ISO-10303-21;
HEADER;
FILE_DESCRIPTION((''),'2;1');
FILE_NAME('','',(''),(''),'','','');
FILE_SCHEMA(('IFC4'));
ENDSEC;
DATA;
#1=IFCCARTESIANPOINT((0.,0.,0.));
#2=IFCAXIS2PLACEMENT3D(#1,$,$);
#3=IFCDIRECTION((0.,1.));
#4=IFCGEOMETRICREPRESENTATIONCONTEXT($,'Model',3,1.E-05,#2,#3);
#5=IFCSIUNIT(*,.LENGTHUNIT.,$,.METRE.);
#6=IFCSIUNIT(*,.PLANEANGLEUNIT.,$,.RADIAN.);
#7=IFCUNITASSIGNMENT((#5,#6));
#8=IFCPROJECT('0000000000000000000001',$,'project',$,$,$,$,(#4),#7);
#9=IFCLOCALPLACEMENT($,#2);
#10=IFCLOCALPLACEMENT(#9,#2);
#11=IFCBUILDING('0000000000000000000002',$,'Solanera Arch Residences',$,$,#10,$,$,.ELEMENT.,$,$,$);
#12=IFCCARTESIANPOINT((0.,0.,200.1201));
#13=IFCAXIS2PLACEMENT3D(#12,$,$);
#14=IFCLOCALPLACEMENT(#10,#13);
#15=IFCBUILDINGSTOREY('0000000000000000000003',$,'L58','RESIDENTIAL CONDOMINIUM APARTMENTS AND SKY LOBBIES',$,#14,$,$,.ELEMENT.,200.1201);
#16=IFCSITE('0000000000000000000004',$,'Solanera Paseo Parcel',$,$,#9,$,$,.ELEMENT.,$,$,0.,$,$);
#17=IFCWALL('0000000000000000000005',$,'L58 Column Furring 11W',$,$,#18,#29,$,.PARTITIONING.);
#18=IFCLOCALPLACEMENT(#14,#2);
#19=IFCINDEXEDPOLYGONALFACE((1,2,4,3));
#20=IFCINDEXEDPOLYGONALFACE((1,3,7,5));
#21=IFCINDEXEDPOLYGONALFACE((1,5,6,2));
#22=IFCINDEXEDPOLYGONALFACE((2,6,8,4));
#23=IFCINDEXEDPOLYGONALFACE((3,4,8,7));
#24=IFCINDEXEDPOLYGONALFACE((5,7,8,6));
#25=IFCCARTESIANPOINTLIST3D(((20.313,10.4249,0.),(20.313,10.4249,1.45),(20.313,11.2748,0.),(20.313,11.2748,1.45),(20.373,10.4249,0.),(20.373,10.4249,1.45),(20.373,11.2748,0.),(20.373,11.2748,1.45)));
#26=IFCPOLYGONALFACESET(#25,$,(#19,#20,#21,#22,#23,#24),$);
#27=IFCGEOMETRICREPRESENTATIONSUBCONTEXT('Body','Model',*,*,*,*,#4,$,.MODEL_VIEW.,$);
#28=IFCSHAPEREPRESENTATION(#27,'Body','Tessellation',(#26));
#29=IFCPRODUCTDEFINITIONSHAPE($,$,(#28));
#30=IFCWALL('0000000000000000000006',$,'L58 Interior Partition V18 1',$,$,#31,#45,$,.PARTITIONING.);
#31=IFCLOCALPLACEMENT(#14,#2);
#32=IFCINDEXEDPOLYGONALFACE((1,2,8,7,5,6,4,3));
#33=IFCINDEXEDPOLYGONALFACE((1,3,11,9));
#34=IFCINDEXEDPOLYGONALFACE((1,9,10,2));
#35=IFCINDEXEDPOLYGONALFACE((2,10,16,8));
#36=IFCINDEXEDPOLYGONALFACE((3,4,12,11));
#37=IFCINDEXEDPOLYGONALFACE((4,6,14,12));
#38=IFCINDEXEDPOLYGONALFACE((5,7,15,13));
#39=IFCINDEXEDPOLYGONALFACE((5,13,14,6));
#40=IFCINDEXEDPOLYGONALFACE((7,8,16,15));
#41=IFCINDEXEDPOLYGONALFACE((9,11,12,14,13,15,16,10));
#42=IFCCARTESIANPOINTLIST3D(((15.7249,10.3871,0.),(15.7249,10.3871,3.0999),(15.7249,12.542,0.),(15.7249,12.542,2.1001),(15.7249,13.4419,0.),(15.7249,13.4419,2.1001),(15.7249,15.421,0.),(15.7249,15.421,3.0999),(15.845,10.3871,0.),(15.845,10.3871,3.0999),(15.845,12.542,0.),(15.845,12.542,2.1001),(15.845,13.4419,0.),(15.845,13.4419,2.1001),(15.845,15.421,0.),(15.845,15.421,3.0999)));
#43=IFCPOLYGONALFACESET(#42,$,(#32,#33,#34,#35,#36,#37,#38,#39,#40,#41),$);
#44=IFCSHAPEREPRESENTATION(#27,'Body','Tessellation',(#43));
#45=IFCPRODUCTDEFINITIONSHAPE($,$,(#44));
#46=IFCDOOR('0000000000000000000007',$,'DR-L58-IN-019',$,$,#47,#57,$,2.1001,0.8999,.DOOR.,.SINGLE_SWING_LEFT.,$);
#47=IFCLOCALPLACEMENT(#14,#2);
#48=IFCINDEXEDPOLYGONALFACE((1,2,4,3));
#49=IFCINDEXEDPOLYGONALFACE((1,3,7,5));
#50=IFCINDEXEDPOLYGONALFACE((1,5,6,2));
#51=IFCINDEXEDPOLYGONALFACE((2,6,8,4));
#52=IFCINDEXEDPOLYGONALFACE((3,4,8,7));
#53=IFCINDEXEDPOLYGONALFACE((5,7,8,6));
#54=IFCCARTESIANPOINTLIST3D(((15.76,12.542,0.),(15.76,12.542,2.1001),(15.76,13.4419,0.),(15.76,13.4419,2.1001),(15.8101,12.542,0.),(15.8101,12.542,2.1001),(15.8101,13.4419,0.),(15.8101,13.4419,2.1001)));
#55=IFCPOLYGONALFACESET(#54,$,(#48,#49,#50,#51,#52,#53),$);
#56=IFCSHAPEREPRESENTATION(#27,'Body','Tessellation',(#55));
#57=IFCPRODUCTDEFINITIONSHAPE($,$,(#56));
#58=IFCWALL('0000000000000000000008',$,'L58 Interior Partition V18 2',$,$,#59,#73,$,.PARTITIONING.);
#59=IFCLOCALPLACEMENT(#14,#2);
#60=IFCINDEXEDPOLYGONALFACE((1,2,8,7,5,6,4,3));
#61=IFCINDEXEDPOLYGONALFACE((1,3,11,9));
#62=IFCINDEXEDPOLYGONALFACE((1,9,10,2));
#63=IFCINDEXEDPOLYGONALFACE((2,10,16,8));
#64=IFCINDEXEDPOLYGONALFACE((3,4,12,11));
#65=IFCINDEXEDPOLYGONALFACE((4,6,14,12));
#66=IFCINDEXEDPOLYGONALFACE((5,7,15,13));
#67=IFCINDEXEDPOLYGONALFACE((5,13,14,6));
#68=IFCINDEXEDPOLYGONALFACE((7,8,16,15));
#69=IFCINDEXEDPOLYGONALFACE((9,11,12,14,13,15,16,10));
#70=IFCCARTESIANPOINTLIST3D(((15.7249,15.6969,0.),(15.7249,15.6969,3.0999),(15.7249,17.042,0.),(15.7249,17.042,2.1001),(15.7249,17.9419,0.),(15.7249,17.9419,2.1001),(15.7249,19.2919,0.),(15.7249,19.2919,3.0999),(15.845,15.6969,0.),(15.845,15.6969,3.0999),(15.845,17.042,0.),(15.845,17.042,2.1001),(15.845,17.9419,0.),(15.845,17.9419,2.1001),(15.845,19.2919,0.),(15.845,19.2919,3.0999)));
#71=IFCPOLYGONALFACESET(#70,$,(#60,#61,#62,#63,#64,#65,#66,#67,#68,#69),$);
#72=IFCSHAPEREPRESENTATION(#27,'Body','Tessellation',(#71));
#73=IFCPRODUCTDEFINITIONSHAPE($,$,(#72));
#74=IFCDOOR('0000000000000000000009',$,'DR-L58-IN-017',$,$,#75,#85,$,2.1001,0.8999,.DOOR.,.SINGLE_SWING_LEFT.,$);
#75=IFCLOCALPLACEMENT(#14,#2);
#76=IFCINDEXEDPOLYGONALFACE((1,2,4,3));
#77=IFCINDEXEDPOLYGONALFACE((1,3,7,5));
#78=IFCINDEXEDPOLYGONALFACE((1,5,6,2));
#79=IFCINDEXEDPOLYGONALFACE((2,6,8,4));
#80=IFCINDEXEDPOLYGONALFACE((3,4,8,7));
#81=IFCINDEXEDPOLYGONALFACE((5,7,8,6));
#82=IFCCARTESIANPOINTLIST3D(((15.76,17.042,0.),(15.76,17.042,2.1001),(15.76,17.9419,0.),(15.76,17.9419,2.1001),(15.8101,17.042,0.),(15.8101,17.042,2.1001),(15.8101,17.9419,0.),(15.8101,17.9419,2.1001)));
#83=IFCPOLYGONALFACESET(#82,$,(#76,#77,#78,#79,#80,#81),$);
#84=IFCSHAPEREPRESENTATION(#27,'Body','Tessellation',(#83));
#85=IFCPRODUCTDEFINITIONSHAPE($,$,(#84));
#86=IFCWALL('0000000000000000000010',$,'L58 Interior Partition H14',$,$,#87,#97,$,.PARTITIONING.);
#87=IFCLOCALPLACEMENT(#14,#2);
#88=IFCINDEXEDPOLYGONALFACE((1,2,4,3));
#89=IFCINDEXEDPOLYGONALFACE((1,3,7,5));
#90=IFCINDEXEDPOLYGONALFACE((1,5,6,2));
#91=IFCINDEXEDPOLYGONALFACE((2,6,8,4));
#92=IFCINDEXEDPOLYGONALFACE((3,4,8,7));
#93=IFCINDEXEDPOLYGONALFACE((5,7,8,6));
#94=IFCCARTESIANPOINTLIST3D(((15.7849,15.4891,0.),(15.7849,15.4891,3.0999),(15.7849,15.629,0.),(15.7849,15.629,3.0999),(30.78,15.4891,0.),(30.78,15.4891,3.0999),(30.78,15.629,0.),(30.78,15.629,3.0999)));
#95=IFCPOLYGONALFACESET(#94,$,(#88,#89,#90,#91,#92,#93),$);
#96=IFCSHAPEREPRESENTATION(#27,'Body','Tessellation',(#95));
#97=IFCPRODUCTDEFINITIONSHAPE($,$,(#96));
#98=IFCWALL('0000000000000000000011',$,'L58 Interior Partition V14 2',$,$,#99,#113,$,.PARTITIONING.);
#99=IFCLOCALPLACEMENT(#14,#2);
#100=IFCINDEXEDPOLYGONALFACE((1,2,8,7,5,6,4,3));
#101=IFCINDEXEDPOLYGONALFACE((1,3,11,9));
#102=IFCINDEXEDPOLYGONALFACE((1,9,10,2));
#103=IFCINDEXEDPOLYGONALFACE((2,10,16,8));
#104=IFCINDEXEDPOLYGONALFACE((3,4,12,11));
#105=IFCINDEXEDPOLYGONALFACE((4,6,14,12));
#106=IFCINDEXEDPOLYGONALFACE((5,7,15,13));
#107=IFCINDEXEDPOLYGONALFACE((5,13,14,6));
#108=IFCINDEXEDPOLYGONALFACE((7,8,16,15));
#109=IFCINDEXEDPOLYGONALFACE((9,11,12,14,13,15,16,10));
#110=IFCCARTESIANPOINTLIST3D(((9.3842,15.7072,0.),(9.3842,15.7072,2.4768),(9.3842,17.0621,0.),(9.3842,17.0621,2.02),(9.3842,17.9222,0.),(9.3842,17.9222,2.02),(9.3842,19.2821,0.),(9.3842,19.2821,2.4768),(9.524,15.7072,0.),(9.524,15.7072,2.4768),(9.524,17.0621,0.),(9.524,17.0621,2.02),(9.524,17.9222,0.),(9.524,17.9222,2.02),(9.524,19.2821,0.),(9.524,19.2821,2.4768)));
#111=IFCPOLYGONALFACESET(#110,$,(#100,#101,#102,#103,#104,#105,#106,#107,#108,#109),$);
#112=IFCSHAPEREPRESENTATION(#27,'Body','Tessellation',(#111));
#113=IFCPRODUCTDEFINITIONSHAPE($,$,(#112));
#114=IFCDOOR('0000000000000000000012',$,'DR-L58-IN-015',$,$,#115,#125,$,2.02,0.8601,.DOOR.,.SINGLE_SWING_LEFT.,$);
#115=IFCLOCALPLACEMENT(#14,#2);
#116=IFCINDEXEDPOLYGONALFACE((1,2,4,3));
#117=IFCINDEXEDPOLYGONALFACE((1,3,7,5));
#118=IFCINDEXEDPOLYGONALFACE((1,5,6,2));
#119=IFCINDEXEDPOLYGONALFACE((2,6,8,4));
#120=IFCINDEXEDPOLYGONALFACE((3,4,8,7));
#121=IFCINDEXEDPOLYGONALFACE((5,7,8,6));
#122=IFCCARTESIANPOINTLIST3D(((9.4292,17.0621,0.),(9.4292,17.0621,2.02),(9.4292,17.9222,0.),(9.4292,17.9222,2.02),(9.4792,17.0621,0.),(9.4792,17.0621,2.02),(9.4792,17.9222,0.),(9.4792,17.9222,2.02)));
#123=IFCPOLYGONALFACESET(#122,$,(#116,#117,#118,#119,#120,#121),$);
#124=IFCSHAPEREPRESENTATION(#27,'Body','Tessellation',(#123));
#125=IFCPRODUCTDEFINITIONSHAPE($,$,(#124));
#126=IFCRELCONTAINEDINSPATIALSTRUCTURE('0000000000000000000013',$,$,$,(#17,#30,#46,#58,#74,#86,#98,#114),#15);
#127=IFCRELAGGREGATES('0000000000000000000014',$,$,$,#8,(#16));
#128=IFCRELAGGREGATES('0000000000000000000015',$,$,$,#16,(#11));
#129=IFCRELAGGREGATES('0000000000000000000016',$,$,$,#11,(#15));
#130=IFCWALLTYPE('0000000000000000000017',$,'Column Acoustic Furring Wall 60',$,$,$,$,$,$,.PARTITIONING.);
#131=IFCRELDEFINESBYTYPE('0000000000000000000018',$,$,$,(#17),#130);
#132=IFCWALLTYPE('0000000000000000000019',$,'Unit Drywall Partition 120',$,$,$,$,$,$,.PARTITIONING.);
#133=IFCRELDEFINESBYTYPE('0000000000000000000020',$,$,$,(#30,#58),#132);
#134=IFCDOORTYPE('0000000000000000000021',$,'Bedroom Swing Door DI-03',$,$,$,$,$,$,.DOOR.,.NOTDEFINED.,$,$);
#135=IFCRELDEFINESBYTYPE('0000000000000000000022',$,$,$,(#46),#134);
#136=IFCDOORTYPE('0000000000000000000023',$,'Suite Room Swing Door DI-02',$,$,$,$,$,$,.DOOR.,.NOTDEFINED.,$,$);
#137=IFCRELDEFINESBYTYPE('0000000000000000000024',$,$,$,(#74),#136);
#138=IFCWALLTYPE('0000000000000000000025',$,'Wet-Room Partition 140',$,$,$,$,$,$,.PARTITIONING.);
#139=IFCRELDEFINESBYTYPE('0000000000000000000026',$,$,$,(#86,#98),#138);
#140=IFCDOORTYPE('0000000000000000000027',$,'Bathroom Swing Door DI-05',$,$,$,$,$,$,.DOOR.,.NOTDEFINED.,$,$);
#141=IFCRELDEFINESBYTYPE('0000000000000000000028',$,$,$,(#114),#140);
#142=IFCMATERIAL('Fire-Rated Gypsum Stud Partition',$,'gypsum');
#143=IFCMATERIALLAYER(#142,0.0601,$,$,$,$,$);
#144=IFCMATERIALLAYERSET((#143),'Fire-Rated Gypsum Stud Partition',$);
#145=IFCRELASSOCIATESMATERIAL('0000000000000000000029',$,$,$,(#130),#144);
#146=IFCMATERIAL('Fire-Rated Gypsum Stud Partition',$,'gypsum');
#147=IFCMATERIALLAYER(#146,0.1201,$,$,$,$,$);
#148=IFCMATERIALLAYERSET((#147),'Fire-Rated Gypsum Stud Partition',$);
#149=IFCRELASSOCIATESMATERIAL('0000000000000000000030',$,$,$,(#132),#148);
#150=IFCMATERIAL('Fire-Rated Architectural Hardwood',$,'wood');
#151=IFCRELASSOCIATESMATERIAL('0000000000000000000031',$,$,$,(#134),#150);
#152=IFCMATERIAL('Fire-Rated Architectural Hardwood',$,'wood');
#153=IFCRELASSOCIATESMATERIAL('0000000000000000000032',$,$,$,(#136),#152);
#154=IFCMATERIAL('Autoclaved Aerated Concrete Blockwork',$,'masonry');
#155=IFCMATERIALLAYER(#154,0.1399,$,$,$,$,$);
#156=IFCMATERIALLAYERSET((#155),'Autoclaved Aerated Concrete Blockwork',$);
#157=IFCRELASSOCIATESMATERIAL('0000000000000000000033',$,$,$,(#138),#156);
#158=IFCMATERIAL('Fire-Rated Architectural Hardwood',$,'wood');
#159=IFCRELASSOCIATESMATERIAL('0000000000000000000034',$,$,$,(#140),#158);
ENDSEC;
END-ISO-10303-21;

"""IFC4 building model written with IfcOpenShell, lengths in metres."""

from ifc_helpers import new_model, si_unit, direction, frame, frame_2d, origin, place, context, subcontext, project, spatial, rectangle, extrude, material, layer, layer_set, type_object, element, fill, save


model = new_model("IFC4")

# Units and contexts
model_context = context("Model", 3, precision=1e-05, world=origin(), true_north=direction((0.0, 1.0)))
body_context = subcontext(model_context, "Body", "Model", "MODEL_VIEW")
ifc_project = project(units=[si_unit("LENGTHUNIT", "METRE"), si_unit("PLANEANGLEUNIT", "RADIAN")], contexts=[model_context])

# Site, building, storey
site_placement = place(None, origin())
site = spatial("IfcSite", under=ifc_project, at=site_placement, Name="Solanera Paseo Parcel", CompositionType="ELEMENT", RefElevation=0.0)
building_placement = place(site_placement, origin())
building = spatial("IfcBuilding", under=site, at=building_placement, Name="Solanera Arch Residences", CompositionType="ELEMENT")
storey_placement = place(building_placement, frame((0.0, 0.0, 200.1201)))
storey = spatial("IfcBuildingStorey", under=building, at=storey_placement, Name="L58", Description="RESIDENTIAL CONDOMINIUM APARTMENTS AND SKY LOBBIES", CompositionType="ELEMENT", Elevation=200.1201)

# Wall
ifc_material_1 = material(Name="Fire-Rated Gypsum Stud Partition", Category="gypsum")
ifc_layer_1 = layer(ifc_material_1, 0.0601)
ifc_layer_set_1 = layer_set([ifc_layer_1], Name="Fire-Rated Gypsum Stud Partition")
wall_type_1 = type_object("IfcWallType", Name="Column Acoustic Furring Wall 60", PredefinedType="PARTITIONING", material=ifc_layer_set_1)
wall_1_placement = place(storey_placement, frame((20.343, 10.425, 0.0), z_axis=(0.0, 0.0, 1.0), x_axis=(0.0, 1.0, 0.0)))
element("IfcWall", 1, at=wall_1_placement, inside=storey, type_object=wall_type_1, Name="L58 Column Furring 11W", PredefinedType="PARTITIONING", context=body_context, shape_type="SweptSolid", body=[
    extrude(rectangle(XDim=0.8499, YDim=0.0601, at=frame_2d((0.4248, 0.0))), origin(), (0.0, 0.0, 1.0), 1.45),
])

# Walls, openings, doors
ifc_material_2 = material(Name="Fire-Rated Gypsum Stud Partition", Category="gypsum")
ifc_layer_2 = layer(ifc_material_2, 0.1201)
ifc_layer_set_2 = layer_set([ifc_layer_2], Name="Fire-Rated Gypsum Stud Partition")
wall_type_2 = type_object("IfcWallType", Name="Unit Drywall Partition 120", PredefinedType="PARTITIONING", material=ifc_layer_set_2)
wall_2_placement = place(storey_placement, frame((15.7849, 10.387, 0.0), z_axis=(0.0, 0.0, 1.0), x_axis=(0.0, 1.0, 0.0)))
wall_2 = element("IfcWall", 2, at=wall_2_placement, inside=storey, type_object=wall_type_2, Name="L58 Interior Partition V18 1", PredefinedType="PARTITIONING", context=body_context, shape_type="SweptSolid", body=[
    extrude(rectangle(XDim=5.0339, YDim=0.1201, at=frame_2d((2.5171, 0.0))), origin(), (0.0, 0.0, 1.0), 3.0999),
])
opening_1_placement = place(wall_2_placement, frame((2.155, 0.0, 0.0)))
opening_1 = element("IfcOpeningElement", 3, at=opening_1_placement, cuts=wall_2, PredefinedType="OPENING", context=body_context, shape_type="SweptSolid", body=[
    extrude(rectangle(XDim=0.8999, YDim=2.1001, at=frame_2d((0.45, 1.05))), frame((0.0, 0.0701, 0.0), z_axis=(0.0, -1.0, 0.0), x_axis=(1.0, 0.0, 0.0)), (0.0, 0.0, 1.0), 0.1401),
])
ifc_material_3 = material(Name="Fire-Rated Architectural Hardwood", Category="wood")
door_type_1 = type_object("IfcDoorType", Name="Bedroom Swing Door DI-03", OperationType="NOTDEFINED", PredefinedType="DOOR", material=ifc_material_3)
door_1_placement = place(opening_1_placement, origin())
door_1 = element("IfcDoor", 4, at=door_1_placement, inside=storey, type_object=door_type_1, Name="DR-L58-IN-019", OperationType="SINGLE_SWING_LEFT", OverallHeight=2.1001, OverallWidth=0.8999, PredefinedType="DOOR", context=body_context, shape_type="SweptSolid", body=[
    extrude(rectangle(XDim=0.8999, YDim=2.1001, at=frame_2d((0.45, 1.05))), frame((0.0, 0.0249, 0.0), z_axis=(0.0, -1.0, 0.0), x_axis=(1.0, 0.0, 0.0)), (0.0, 0.0, 1.0), 0.05),
])
fill(opening_1, door_1)
wall_3_placement = place(storey_placement, frame((15.7849, 15.697, 0.0), z_axis=(0.0, 0.0, 1.0), x_axis=(0.0, 1.0, 0.0)))
wall_3 = element("IfcWall", 5, at=wall_3_placement, inside=storey, type_object=wall_type_2, Name="L58 Interior Partition V18 2", PredefinedType="PARTITIONING", context=body_context, shape_type="SweptSolid", body=[
    extrude(rectangle(XDim=3.595, YDim=0.1201, at=frame_2d((1.7974, 0.0))), origin(), (0.0, 0.0, 1.0), 3.0999),
])
opening_2_placement = place(wall_3_placement, frame((1.345, 0.0, 0.0)))
opening_2 = element("IfcOpeningElement", 6, at=opening_2_placement, cuts=wall_3, PredefinedType="OPENING", context=body_context, shape_type="SweptSolid", body=[
    extrude(rectangle(XDim=0.8999, YDim=2.1001, at=frame_2d((0.45, 1.05))), frame((0.0, 0.0701, 0.0), z_axis=(0.0, -1.0, 0.0), x_axis=(1.0, 0.0, 0.0)), (0.0, 0.0, 1.0), 0.1401),
])
ifc_material_4 = material(Name="Fire-Rated Architectural Hardwood", Category="wood")
door_type_2 = type_object("IfcDoorType", Name="Suite Room Swing Door DI-02", OperationType="NOTDEFINED", PredefinedType="DOOR", material=ifc_material_4)
door_2_placement = place(opening_2_placement, origin())
door_2 = element("IfcDoor", 7, at=door_2_placement, inside=storey, type_object=door_type_2, Name="DR-L58-IN-017", OperationType="SINGLE_SWING_LEFT", OverallHeight=2.1001, OverallWidth=0.8999, PredefinedType="DOOR", context=body_context, shape_type="SweptSolid", body=[
    extrude(rectangle(XDim=0.8999, YDim=2.1001, at=frame_2d((0.45, 1.05))), frame((0.0, 0.0249, 0.0), z_axis=(0.0, -1.0, 0.0), x_axis=(1.0, 0.0, 0.0)), (0.0, 0.0, 1.0), 0.05),
])
fill(opening_2, door_2)

# Wall
ifc_material_5 = material(Name="Autoclaved Aerated Concrete Blockwork", Category="masonry")
ifc_layer_3 = layer(ifc_material_5, 0.1399)
ifc_layer_set_3 = layer_set([ifc_layer_3], Name="Autoclaved Aerated Concrete Blockwork")
wall_type_3 = type_object("IfcWallType", Name="Wet-Room Partition 140", PredefinedType="PARTITIONING", material=ifc_layer_set_3)
wall_4_placement = place(storey_placement, frame((15.7849, 15.5591, 0.0), z_axis=(0.0, 0.0, 1.0), x_axis=(1.0, 0.0, 0.0)))
element("IfcWall", 8, at=wall_4_placement, inside=storey, type_object=wall_type_3, Name="L58 Interior Partition H14", PredefinedType="PARTITIONING", context=body_context, shape_type="SweptSolid", body=[
    extrude(rectangle(XDim=14.9951, YDim=0.1399, at=frame_2d((7.4976, 0.0))), origin(), (0.0, 0.0, 1.0), 3.0999),
])

# Wall, opening, door
wall_5_placement = place(storey_placement, frame((9.4541, 15.707, 0.0), z_axis=(0.0, 0.0, 1.0), x_axis=(0.0, 1.0, 0.0)))
wall_5 = element("IfcWall", 9, at=wall_5_placement, inside=storey, type_object=wall_type_3, Name="L58 Interior Partition V14 2", PredefinedType="PARTITIONING", context=body_context, shape_type="SweptSolid", body=[
    extrude(rectangle(XDim=3.575, YDim=0.1399, at=frame_2d((1.7876, 0.0))), origin(), (0.0, 0.0, 1.0), 2.4768),
])
opening_3_placement = place(wall_5_placement, frame((1.355, 0.0, 0.0)))
opening_3 = element("IfcOpeningElement", 10, at=opening_3_placement, cuts=wall_5, PredefinedType="OPENING", context=body_context, shape_type="SweptSolid", body=[
    extrude(rectangle(XDim=0.8601, YDim=2.02, at=frame_2d((0.4302, 1.01))), frame((0.0, 0.0798, 0.0), z_axis=(0.0, -1.0, 0.0), x_axis=(1.0, 0.0, 0.0)), (0.0, 0.0, 1.0), 0.1599),
])
ifc_material_6 = material(Name="Fire-Rated Architectural Hardwood", Category="wood")
door_type_3 = type_object("IfcDoorType", Name="Bathroom Swing Door DI-05", OperationType="NOTDEFINED", PredefinedType="DOOR", material=ifc_material_6)
door_3_placement = place(opening_3_placement, origin())
door_3 = element("IfcDoor", 11, at=door_3_placement, inside=storey, type_object=door_type_3, Name="DR-L58-IN-015", OperationType="SINGLE_SWING_LEFT", OverallHeight=2.02, OverallWidth=0.8601, PredefinedType="DOOR", context=body_context, shape_type="SweptSolid", body=[
    extrude(rectangle(XDim=0.8601, YDim=2.02, at=frame_2d((0.4302, 1.01))), frame((0.0, 0.0249, 0.0), z_axis=(0.0, -1.0, 0.0), x_axis=(1.0, 0.0, 0.0)), (0.0, 0.0, 1.0), 0.05),
])
fill(opening_3, door_3)

save(model, "model.ifc")
